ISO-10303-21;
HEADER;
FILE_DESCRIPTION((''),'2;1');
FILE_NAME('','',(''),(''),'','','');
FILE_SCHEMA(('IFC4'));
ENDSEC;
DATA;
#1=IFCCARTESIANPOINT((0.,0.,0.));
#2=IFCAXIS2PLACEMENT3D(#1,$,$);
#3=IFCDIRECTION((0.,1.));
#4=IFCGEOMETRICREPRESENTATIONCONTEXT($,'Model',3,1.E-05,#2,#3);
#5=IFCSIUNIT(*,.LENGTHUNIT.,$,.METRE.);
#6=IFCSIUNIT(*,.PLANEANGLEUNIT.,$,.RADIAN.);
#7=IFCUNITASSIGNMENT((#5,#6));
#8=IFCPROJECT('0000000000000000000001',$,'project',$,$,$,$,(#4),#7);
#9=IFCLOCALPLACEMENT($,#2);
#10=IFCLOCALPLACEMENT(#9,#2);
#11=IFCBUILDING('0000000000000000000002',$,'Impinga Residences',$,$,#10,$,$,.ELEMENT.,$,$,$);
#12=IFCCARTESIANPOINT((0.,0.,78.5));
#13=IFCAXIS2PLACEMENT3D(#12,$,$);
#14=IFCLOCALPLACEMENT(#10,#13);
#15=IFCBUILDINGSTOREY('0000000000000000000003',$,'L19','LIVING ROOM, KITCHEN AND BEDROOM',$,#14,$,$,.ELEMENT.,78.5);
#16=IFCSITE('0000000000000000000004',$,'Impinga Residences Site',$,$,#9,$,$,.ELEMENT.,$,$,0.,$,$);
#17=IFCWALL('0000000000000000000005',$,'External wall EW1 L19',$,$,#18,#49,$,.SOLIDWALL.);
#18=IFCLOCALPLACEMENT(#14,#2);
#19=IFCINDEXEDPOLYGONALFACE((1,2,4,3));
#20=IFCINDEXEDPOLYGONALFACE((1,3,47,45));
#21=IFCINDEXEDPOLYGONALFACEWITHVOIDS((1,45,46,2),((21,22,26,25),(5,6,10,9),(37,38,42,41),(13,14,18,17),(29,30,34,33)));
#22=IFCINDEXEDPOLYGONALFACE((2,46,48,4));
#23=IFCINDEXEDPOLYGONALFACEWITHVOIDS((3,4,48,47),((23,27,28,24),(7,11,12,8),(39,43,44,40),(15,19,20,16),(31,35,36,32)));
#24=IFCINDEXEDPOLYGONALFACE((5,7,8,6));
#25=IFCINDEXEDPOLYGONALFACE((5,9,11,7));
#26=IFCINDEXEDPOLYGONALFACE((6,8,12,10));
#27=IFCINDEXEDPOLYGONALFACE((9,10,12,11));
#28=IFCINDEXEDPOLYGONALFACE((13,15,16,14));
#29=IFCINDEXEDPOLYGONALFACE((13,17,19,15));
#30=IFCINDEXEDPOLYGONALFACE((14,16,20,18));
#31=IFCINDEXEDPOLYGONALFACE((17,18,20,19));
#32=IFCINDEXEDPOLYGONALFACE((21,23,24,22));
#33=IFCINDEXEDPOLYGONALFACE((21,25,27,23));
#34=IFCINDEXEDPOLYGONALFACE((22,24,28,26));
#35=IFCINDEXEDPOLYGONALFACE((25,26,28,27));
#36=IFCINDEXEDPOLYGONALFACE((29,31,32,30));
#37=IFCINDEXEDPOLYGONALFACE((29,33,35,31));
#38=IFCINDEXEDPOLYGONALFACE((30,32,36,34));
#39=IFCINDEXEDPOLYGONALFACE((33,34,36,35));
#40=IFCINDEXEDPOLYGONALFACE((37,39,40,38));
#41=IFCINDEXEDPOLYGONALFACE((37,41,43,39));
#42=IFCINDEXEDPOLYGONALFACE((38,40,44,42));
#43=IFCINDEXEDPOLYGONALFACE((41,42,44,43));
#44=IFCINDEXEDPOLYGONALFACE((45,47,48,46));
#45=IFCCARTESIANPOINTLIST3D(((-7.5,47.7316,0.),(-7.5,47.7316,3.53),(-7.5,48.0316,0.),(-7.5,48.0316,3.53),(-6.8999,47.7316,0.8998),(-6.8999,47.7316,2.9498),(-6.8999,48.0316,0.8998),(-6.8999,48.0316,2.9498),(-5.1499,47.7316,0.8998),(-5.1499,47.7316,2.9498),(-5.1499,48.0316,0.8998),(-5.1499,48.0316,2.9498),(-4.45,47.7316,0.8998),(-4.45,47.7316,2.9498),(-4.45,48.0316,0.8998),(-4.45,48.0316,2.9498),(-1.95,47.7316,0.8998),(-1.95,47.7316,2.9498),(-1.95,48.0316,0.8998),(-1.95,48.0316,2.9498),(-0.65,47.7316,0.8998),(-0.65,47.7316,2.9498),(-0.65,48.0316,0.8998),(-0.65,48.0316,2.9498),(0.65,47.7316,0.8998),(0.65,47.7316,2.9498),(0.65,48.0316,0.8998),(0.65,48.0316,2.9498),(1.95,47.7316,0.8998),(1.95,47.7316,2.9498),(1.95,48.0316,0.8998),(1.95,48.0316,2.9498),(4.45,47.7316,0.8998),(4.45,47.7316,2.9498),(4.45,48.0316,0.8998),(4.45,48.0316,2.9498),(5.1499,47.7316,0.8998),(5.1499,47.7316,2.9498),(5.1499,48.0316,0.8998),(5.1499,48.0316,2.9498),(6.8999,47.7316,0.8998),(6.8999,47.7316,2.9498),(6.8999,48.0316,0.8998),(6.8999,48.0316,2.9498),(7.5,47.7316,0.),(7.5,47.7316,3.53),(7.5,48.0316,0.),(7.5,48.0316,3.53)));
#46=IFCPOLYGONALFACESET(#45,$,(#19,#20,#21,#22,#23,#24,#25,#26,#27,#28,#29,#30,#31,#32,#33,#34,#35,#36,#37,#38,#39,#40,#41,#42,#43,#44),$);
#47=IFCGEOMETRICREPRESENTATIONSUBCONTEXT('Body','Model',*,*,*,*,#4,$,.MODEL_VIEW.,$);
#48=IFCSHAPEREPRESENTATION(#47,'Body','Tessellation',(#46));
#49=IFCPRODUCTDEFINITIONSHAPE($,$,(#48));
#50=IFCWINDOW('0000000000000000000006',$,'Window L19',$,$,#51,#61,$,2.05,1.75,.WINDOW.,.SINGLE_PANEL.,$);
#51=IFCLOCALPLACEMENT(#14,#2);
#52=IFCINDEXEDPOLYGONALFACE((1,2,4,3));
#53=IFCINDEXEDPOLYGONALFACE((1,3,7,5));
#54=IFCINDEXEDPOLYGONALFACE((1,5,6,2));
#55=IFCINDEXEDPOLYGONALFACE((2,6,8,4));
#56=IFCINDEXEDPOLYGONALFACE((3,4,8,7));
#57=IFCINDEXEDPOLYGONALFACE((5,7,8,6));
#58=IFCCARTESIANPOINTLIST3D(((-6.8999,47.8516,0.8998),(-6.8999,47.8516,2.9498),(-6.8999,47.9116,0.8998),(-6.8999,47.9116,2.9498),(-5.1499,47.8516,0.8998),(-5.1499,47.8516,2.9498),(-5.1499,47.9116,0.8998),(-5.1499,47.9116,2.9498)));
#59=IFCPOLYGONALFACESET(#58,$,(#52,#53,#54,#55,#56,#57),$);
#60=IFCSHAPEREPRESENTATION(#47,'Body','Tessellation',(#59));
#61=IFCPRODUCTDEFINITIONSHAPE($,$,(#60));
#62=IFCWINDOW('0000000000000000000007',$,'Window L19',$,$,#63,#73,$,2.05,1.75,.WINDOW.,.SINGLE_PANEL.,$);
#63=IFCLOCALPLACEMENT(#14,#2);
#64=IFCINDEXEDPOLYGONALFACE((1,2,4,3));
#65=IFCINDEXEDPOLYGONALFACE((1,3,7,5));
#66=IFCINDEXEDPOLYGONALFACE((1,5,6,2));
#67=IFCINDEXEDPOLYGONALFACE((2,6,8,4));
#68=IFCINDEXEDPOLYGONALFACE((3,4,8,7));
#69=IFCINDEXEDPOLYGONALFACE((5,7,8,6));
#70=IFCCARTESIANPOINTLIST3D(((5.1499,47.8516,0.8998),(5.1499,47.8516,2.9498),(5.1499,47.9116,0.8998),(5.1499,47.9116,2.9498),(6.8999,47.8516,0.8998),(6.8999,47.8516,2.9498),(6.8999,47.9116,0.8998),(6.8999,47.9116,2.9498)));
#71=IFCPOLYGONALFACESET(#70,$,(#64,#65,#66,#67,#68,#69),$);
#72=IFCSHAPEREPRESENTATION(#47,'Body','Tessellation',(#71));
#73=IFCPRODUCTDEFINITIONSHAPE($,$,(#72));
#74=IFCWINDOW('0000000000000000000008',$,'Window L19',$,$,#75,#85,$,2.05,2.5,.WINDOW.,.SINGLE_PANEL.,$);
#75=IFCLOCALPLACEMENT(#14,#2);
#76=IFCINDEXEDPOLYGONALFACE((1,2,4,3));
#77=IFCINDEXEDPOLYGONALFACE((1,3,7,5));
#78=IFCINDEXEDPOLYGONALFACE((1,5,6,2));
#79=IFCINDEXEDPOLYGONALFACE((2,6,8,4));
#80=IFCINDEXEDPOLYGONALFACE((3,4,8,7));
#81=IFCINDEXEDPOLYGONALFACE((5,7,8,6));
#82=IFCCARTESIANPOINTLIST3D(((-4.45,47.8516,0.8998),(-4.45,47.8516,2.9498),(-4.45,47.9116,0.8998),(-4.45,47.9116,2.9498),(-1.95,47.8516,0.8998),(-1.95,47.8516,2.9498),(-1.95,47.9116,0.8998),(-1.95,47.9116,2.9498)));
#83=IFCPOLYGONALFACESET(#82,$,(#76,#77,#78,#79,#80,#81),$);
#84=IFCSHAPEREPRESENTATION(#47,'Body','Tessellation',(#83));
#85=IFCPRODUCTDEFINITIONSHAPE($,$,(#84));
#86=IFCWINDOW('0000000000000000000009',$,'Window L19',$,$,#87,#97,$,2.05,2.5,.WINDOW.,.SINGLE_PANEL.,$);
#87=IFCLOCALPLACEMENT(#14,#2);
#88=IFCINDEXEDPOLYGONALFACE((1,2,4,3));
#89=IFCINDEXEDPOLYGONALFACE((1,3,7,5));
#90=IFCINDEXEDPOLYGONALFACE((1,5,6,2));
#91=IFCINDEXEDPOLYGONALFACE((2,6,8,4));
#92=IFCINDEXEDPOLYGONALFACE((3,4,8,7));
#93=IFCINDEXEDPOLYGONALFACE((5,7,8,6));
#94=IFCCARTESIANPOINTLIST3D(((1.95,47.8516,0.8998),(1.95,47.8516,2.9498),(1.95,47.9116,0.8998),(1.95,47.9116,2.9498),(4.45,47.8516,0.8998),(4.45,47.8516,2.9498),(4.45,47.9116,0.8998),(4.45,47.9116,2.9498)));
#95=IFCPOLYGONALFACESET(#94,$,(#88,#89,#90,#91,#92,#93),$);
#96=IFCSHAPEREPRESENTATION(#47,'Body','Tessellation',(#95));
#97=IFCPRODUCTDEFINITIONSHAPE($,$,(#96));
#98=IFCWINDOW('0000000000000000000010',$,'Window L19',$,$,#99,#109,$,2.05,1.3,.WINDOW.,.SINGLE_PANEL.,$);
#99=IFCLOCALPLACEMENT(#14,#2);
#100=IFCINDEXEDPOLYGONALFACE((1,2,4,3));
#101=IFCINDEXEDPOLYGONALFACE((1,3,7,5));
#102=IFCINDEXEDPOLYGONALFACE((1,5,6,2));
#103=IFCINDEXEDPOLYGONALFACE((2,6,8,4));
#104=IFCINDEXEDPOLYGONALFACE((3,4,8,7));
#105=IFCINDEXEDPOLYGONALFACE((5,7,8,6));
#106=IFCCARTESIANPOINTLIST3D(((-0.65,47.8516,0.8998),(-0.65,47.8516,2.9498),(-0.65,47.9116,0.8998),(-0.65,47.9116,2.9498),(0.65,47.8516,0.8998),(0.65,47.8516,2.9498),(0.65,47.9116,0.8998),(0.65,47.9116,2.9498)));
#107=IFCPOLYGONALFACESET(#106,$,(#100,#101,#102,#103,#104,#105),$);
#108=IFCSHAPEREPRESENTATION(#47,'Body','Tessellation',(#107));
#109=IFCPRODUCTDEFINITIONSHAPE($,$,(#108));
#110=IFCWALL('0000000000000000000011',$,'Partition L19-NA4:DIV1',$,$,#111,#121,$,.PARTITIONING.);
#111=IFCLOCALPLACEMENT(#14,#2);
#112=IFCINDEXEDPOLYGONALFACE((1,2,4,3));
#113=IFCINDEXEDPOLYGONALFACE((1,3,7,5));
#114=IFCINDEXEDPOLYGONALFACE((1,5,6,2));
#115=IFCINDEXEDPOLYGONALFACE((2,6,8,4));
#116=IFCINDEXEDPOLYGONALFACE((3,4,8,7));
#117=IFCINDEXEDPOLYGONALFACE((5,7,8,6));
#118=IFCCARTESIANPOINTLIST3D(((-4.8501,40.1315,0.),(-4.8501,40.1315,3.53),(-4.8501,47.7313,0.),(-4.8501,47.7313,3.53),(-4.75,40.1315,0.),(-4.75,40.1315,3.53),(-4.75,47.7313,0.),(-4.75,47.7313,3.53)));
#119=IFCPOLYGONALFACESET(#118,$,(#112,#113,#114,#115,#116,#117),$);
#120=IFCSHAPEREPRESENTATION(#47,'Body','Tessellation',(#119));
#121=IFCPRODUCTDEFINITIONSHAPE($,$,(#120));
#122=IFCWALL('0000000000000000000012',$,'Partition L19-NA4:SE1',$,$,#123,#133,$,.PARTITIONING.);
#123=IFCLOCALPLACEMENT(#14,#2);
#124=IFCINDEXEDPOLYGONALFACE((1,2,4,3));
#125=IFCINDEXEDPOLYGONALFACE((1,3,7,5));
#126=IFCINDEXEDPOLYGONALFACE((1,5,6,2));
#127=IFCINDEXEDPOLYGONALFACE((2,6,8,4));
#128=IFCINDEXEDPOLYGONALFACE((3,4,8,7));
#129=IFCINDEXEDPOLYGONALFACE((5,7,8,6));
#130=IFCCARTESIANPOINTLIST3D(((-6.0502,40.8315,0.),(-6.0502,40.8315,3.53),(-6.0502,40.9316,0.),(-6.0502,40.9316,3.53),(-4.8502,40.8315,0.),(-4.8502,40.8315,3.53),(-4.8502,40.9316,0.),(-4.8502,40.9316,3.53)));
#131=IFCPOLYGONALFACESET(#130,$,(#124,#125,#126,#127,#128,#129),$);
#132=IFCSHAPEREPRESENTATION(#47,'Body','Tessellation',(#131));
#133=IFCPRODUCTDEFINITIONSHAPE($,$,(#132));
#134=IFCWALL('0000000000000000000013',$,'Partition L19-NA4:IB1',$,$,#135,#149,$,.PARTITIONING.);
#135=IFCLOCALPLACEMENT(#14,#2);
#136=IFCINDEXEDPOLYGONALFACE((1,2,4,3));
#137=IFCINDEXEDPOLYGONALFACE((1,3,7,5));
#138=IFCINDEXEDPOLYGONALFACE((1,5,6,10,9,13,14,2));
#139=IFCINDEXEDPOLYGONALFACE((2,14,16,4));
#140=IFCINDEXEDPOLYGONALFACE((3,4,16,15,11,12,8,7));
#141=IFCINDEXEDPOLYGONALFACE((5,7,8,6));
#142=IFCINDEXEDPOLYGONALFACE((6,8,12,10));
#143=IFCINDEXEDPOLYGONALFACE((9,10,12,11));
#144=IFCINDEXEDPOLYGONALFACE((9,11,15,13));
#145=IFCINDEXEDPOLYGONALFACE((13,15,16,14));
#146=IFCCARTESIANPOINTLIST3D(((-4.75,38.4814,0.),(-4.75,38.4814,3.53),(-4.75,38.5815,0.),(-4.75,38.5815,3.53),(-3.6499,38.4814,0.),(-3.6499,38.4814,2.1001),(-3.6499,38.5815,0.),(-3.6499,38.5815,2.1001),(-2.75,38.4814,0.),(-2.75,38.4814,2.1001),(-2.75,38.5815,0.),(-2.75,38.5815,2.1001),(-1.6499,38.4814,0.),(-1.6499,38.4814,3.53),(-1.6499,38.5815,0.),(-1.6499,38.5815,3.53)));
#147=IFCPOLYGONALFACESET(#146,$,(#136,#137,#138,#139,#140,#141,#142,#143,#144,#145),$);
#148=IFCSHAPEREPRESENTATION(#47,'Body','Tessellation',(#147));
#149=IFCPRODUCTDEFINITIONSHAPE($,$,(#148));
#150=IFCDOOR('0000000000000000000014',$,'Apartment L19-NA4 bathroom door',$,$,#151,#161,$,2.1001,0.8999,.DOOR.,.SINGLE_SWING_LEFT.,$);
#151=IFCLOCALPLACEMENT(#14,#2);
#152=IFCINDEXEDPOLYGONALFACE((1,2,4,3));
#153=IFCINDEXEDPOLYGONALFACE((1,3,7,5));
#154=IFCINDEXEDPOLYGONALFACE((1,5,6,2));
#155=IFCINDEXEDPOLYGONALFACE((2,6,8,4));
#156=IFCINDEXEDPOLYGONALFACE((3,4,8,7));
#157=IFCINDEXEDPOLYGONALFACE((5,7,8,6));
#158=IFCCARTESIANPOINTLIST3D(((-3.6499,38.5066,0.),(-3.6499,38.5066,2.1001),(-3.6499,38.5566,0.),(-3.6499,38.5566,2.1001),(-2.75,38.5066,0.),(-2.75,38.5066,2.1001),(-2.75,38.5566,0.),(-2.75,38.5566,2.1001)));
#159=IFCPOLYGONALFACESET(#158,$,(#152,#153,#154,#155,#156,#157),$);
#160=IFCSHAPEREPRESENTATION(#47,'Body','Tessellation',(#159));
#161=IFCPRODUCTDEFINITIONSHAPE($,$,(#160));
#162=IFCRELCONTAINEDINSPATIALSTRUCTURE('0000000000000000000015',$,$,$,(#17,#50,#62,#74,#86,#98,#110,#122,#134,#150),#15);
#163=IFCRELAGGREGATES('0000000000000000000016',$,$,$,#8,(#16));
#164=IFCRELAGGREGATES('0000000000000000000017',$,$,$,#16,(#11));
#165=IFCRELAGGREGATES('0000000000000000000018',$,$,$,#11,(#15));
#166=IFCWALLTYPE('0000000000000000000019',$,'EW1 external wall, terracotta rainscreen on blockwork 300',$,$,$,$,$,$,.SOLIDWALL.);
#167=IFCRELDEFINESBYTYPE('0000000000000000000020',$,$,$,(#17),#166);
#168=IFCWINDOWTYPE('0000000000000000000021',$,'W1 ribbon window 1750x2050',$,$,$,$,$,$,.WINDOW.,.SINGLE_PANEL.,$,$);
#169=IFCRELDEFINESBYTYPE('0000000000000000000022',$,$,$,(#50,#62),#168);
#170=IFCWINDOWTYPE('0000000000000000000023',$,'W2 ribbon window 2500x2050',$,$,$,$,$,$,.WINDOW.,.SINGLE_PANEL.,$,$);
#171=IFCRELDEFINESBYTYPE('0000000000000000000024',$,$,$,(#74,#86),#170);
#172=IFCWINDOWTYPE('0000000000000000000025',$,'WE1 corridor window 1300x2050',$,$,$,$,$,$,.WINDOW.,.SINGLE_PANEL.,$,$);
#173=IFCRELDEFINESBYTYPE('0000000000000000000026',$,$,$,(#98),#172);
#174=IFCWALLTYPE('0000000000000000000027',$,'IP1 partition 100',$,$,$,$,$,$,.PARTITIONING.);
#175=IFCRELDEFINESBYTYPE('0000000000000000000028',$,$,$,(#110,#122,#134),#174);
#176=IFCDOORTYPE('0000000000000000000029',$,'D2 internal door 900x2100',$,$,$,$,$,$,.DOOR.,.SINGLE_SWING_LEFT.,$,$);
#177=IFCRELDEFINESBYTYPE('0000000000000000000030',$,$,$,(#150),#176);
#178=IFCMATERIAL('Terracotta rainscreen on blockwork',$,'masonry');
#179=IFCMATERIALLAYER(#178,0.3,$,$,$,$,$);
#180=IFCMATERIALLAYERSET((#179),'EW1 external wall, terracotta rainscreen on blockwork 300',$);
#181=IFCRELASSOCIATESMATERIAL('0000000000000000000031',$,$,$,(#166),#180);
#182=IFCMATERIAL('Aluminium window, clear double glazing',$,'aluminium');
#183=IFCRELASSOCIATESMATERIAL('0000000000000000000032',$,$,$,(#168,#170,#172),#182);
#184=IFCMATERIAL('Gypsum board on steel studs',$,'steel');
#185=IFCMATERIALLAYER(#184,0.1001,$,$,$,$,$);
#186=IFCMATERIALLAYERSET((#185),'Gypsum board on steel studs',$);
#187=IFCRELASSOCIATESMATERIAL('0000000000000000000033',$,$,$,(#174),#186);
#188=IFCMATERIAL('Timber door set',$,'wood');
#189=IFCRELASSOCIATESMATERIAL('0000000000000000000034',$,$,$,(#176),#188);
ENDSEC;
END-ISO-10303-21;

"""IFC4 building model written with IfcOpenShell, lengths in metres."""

from ifc_helpers import new_model, si_unit, direction, frame, frame_2d, origin, place, context, subcontext, project, spatial, rectangle, extrude, material, layer, layer_set, type_object, element, fill, save


model = new_model("IFC4")

# Units and contexts
model_context = context("Model", 3, precision=1e-05, world=origin(), true_north=direction((0.0, 1.0)))
body_context = subcontext(model_context, "Body", "Model", "MODEL_VIEW")
ifc_project = project(units=[si_unit("LENGTHUNIT", "METRE"), si_unit("PLANEANGLEUNIT", "RADIAN")], contexts=[model_context])

# Site, building, storey
site_placement = place(None, origin())
site = spatial("IfcSite", under=ifc_project, at=site_placement, Name="Impinga Residences Site", CompositionType="ELEMENT", RefElevation=0.0)
building_placement = place(site_placement, origin())
building = spatial("IfcBuilding", under=site, at=building_placement, Name="Impinga Residences", CompositionType="ELEMENT")
storey_placement = place(building_placement, frame((0.0, 0.0, 78.5)))
storey = spatial("IfcBuildingStorey", under=building, at=storey_placement, Name="L19", Description="LIVING ROOM, KITCHEN AND BEDROOM", CompositionType="ELEMENT", Elevation=78.5)

# Shared definitions
ifc_material_1 = material(Name="Terracotta rainscreen on blockwork", Category="masonry")
ifc_layer_1 = layer(ifc_material_1, 0.3)
ifc_layer_set_1 = layer_set([ifc_layer_1], Name="EW1 external wall, terracotta rainscreen on blockwork 300")
wall_type_1 = type_object("IfcWallType", Name="EW1 external wall, terracotta rainscreen on blockwork 300", PredefinedType="SOLIDWALL", material=ifc_layer_set_1)

# Wall, openings, windows
wall_1_placement = place(storey_placement, frame((-7.5, 47.8816, 0.0), z_axis=(0.0, 0.0, 1.0), x_axis=(1.0, 0.0, 0.0)))
wall_1 = element("IfcWall", 1, at=wall_1_placement, inside=storey, type_object=wall_type_1, Name="External wall EW1 L19", PredefinedType="SOLIDWALL", context=body_context, shape_type="SweptSolid", body=[
    extrude(rectangle(XDim=15.0, YDim=0.3, at=frame_2d((7.5, 0.0))), origin(), (0.0, 0.0, 1.0), 3.53),
])
opening_1_placement = place(wall_1_placement, frame((0.6001, 0.0, 0.8999)))
opening_1 = element("IfcOpeningElement", 2, at=opening_1_placement, cuts=wall_1, PredefinedType="OPENING", context=body_context, shape_type="SweptSolid", body=[
    extrude(rectangle(XDim=1.75, YDim=2.05, at=frame_2d((0.875, 1.0249))), frame((0.0, 0.1599, 0.0), z_axis=(0.0, -1.0, 0.0), x_axis=(1.0, 0.0, 0.0)), (0.0, 0.0, 1.0), 0.3201),
])
opening_2_placement = place(wall_1_placement, frame((3.05, 0.0, 0.8999)))
opening_2 = element("IfcOpeningElement", 3, at=opening_2_placement, cuts=wall_1, PredefinedType="OPENING", context=body_context, shape_type="SweptSolid", body=[
    extrude(rectangle(XDim=2.5, YDim=2.05, at=frame_2d((1.25, 1.0249))), frame((0.0, 0.1599, 0.0), z_axis=(0.0, -1.0, 0.0), x_axis=(1.0, 0.0, 0.0)), (0.0, 0.0, 1.0), 0.3201),
])
opening_3_placement = place(wall_1_placement, frame((6.8501, 0.0, 0.8999)))
opening_3 = element("IfcOpeningElement", 4, at=opening_3_placement, cuts=wall_1, PredefinedType="OPENING", context=body_context, shape_type="SweptSolid", body=[
    extrude(rectangle(XDim=1.3, YDim=2.05, at=frame_2d((0.6499, 1.0249))), frame((0.0, 0.1599, 0.0), z_axis=(0.0, -1.0, 0.0), x_axis=(1.0, 0.0, 0.0)), (0.0, 0.0, 1.0), 0.3201),
])
opening_4_placement = place(wall_1_placement, frame((9.45, 0.0, 0.8999)))
opening_4 = element("IfcOpeningElement", 5, at=opening_4_placement, cuts=wall_1, PredefinedType="OPENING", context=body_context, shape_type="SweptSolid", body=[
    extrude(rectangle(XDim=2.5, YDim=2.05, at=frame_2d((1.25, 1.0249))), frame((0.0, 0.1599, 0.0), z_axis=(0.0, -1.0, 0.0), x_axis=(1.0, 0.0, 0.0)), (0.0, 0.0, 1.0), 0.3201),
])
opening_5_placement = place(wall_1_placement, frame((12.6499, 0.0, 0.8999)))
opening_5 = element("IfcOpeningElement", 6, at=opening_5_placement, cuts=wall_1, PredefinedType="OPENING", context=body_context, shape_type="SweptSolid", body=[
    extrude(rectangle(XDim=1.75, YDim=2.05, at=frame_2d((0.875, 1.0249))), frame((0.0, 0.1599, 0.0), z_axis=(0.0, -1.0, 0.0), x_axis=(1.0, 0.0, 0.0)), (0.0, 0.0, 1.0), 0.3201),
])
ifc_material_2 = material(Name="Aluminium window, clear double glazing", Category="aluminium")
window_type_1 = type_object("IfcWindowType", Name="W1 ribbon window 1750x2050", PartitioningType="SINGLE_PANEL", PredefinedType="WINDOW", material=ifc_material_2)
window_1_placement = place(opening_1_placement, origin())
window_1 = element("IfcWindow", 7, at=window_1_placement, inside=storey, type_object=window_type_1, Name="Window L19", OverallHeight=2.05, OverallWidth=1.75, PartitioningType="SINGLE_PANEL", PredefinedType="WINDOW", context=body_context, shape_type="SweptSolid", body=[
    extrude(rectangle(XDim=1.75, YDim=2.05, at=frame_2d((0.875, 1.0249))), frame((0.0, 0.03, 0.0), z_axis=(0.0, -1.0, 0.0), x_axis=(1.0, 0.0, 0.0)), (0.0, 0.0, 1.0), 0.0601),
])
fill(opening_1, window_1)
window_2_placement = place(opening_5_placement, origin())
window_2 = element("IfcWindow", 8, at=window_2_placement, inside=storey, type_object=window_type_1, Name="Window L19", OverallHeight=2.05, OverallWidth=1.75, PartitioningType="SINGLE_PANEL", PredefinedType="WINDOW", context=body_context, shape_type="SweptSolid", body=[
    extrude(rectangle(XDim=1.75, YDim=2.05, at=frame_2d((0.875, 1.0249))), frame((0.0, 0.03, 0.0), z_axis=(0.0, -1.0, 0.0), x_axis=(1.0, 0.0, 0.0)), (0.0, 0.0, 1.0), 0.0601),
])
fill(opening_5, window_2)
window_type_2 = type_object("IfcWindowType", Name="W2 ribbon window 2500x2050", PartitioningType="SINGLE_PANEL", PredefinedType="WINDOW", material=ifc_material_2)
window_3_placement = place(opening_2_placement, origin())
window_3 = element("IfcWindow", 9, at=window_3_placement, inside=storey, type_object=window_type_2, Name="Window L19", OverallHeight=2.05, OverallWidth=2.5, PartitioningType="SINGLE_PANEL", PredefinedType="WINDOW", context=body_context, shape_type="SweptSolid", body=[
    extrude(rectangle(XDim=2.5, YDim=2.05, at=frame_2d((1.25, 1.0249))), frame((0.0, 0.03, 0.0), z_axis=(0.0, -1.0, 0.0), x_axis=(1.0, 0.0, 0.0)), (0.0, 0.0, 1.0), 0.0601),
])
fill(opening_2, window_3)
window_4_placement = place(opening_4_placement, origin())
window_4 = element("IfcWindow", 10, at=window_4_placement, inside=storey, type_object=window_type_2, Name="Window L19", OverallHeight=2.05, OverallWidth=2.5, PartitioningType="SINGLE_PANEL", PredefinedType="WINDOW", context=body_context, shape_type="SweptSolid", body=[
    extrude(rectangle(XDim=2.5, YDim=2.05, at=frame_2d((1.25, 1.0249))), frame((0.0, 0.03, 0.0), z_axis=(0.0, -1.0, 0.0), x_axis=(1.0, 0.0, 0.0)), (0.0, 0.0, 1.0), 0.0601),
])
fill(opening_4, window_4)
window_type_3 = type_object("IfcWindowType", Name="WE1 corridor window 1300x2050", PartitioningType="SINGLE_PANEL", PredefinedType="WINDOW", material=ifc_material_2)
window_5_placement = place(opening_3_placement, origin())
window_5 = element("IfcWindow", 11, at=window_5_placement, inside=storey, type_object=window_type_3, Name="Window L19", OverallHeight=2.05, OverallWidth=1.3, PartitioningType="SINGLE_PANEL", PredefinedType="WINDOW", context=body_context, shape_type="SweptSolid", body=[
    extrude(rectangle(XDim=1.3, YDim=2.05, at=frame_2d((0.6499, 1.0249))), frame((0.0, 0.03, 0.0), z_axis=(0.0, -1.0, 0.0), x_axis=(1.0, 0.0, 0.0)), (0.0, 0.0, 1.0), 0.0601),
])
fill(opening_3, window_5)

# Walls
ifc_material_3 = material(Name="Gypsum board on steel studs", Category="steel")
ifc_layer_2 = layer(ifc_material_3, 0.1001)
ifc_layer_set_2 = layer_set([ifc_layer_2], Name="Gypsum board on steel studs")
wall_type_2 = type_object("IfcWallType", Name="IP1 partition 100", PredefinedType="PARTITIONING", material=ifc_layer_set_2)
wall_2_placement = place(storey_placement, frame((-4.8, 40.1316, 0.0), z_axis=(0.0, 0.0, 1.0), x_axis=(0.0, 1.0, 0.0)))
element("IfcWall", 12, at=wall_2_placement, inside=storey, type_object=wall_type_2, Name="Partition L19-NA4:DIV1", PredefinedType="PARTITIONING", context=body_context, shape_type="SweptSolid", body=[
    extrude(rectangle(XDim=7.5999, YDim=0.1001, at=frame_2d((3.7998, 0.0))), origin(), (0.0, 0.0, 1.0), 3.53),
])
wall_3_placement = place(storey_placement, frame((-4.8501, 40.8816, 0.0), z_axis=(0.0, 0.0, 1.0), x_axis=(-1.0, 0.0, 0.0)))
element("IfcWall", 13, at=wall_3_placement, inside=storey, type_object=wall_type_2, Name="Partition L19-NA4:SE1", PredefinedType="PARTITIONING", context=body_context, shape_type="SweptSolid", body=[
    extrude(rectangle(XDim=1.2, YDim=0.1001, at=frame_2d((0.6001, 0.0))), origin(), (0.0, 0.0, 1.0), 3.53),
])

# Wall, opening, door
wall_4_placement = place(storey_placement, frame((-1.6499, 38.5315, 0.0), z_axis=(0.0, 0.0, 1.0), x_axis=(-1.0, 0.0, 0.0)))
wall_4 = element("IfcWall", 14, at=wall_4_placement, inside=storey, type_object=wall_type_2, Name="Partition L19-NA4:IB1", PredefinedType="PARTITIONING", context=body_context, shape_type="SweptSolid", body=[
    extrude(rectangle(XDim=3.1001, YDim=0.1001, at=frame_2d((1.55, 0.0))), origin(), (0.0, 0.0, 1.0), 3.53),
])
opening_6_placement = place(wall_4_placement, frame((1.1001, 0.0, 0.0)))
opening_6 = element("IfcOpeningElement", 15, at=opening_6_placement, cuts=wall_4, PredefinedType="OPENING", context=body_context, shape_type="SweptSolid", body=[
    extrude(rectangle(XDim=0.8999, YDim=2.1001, at=frame_2d((0.45, 1.05))), frame((0.0, 0.0601, 0.0), z_axis=(0.0, -1.0, 0.0), x_axis=(1.0, 0.0, 0.0)), (0.0, 0.0, 1.0), 0.1201),
])
ifc_material_4 = material(Name="Timber door set", Category="wood")
door_type = type_object("IfcDoorType", Name="D2 internal door 900x2100", OperationType="SINGLE_SWING_LEFT", PredefinedType="DOOR", material=ifc_material_4)
door_placement = place(opening_6_placement, origin())
door = element("IfcDoor", 16, at=door_placement, inside=storey, type_object=door_type, Name="Apartment L19-NA4 bathroom door", OperationType="SINGLE_SWING_LEFT", OverallHeight=2.1001, OverallWidth=0.8999, PredefinedType="DOOR", context=body_context, shape_type="SweptSolid", body=[
    extrude(rectangle(XDim=0.8999, YDim=2.1001, at=frame_2d((0.45, 1.05))), frame((0.0, 0.0249, 0.0), z_axis=(0.0, -1.0, 0.0), x_axis=(1.0, 0.0, 0.0)), (0.0, 0.0, 1.0), 0.05),
])
fill(opening_6, door)

save(model, "model.ifc")
